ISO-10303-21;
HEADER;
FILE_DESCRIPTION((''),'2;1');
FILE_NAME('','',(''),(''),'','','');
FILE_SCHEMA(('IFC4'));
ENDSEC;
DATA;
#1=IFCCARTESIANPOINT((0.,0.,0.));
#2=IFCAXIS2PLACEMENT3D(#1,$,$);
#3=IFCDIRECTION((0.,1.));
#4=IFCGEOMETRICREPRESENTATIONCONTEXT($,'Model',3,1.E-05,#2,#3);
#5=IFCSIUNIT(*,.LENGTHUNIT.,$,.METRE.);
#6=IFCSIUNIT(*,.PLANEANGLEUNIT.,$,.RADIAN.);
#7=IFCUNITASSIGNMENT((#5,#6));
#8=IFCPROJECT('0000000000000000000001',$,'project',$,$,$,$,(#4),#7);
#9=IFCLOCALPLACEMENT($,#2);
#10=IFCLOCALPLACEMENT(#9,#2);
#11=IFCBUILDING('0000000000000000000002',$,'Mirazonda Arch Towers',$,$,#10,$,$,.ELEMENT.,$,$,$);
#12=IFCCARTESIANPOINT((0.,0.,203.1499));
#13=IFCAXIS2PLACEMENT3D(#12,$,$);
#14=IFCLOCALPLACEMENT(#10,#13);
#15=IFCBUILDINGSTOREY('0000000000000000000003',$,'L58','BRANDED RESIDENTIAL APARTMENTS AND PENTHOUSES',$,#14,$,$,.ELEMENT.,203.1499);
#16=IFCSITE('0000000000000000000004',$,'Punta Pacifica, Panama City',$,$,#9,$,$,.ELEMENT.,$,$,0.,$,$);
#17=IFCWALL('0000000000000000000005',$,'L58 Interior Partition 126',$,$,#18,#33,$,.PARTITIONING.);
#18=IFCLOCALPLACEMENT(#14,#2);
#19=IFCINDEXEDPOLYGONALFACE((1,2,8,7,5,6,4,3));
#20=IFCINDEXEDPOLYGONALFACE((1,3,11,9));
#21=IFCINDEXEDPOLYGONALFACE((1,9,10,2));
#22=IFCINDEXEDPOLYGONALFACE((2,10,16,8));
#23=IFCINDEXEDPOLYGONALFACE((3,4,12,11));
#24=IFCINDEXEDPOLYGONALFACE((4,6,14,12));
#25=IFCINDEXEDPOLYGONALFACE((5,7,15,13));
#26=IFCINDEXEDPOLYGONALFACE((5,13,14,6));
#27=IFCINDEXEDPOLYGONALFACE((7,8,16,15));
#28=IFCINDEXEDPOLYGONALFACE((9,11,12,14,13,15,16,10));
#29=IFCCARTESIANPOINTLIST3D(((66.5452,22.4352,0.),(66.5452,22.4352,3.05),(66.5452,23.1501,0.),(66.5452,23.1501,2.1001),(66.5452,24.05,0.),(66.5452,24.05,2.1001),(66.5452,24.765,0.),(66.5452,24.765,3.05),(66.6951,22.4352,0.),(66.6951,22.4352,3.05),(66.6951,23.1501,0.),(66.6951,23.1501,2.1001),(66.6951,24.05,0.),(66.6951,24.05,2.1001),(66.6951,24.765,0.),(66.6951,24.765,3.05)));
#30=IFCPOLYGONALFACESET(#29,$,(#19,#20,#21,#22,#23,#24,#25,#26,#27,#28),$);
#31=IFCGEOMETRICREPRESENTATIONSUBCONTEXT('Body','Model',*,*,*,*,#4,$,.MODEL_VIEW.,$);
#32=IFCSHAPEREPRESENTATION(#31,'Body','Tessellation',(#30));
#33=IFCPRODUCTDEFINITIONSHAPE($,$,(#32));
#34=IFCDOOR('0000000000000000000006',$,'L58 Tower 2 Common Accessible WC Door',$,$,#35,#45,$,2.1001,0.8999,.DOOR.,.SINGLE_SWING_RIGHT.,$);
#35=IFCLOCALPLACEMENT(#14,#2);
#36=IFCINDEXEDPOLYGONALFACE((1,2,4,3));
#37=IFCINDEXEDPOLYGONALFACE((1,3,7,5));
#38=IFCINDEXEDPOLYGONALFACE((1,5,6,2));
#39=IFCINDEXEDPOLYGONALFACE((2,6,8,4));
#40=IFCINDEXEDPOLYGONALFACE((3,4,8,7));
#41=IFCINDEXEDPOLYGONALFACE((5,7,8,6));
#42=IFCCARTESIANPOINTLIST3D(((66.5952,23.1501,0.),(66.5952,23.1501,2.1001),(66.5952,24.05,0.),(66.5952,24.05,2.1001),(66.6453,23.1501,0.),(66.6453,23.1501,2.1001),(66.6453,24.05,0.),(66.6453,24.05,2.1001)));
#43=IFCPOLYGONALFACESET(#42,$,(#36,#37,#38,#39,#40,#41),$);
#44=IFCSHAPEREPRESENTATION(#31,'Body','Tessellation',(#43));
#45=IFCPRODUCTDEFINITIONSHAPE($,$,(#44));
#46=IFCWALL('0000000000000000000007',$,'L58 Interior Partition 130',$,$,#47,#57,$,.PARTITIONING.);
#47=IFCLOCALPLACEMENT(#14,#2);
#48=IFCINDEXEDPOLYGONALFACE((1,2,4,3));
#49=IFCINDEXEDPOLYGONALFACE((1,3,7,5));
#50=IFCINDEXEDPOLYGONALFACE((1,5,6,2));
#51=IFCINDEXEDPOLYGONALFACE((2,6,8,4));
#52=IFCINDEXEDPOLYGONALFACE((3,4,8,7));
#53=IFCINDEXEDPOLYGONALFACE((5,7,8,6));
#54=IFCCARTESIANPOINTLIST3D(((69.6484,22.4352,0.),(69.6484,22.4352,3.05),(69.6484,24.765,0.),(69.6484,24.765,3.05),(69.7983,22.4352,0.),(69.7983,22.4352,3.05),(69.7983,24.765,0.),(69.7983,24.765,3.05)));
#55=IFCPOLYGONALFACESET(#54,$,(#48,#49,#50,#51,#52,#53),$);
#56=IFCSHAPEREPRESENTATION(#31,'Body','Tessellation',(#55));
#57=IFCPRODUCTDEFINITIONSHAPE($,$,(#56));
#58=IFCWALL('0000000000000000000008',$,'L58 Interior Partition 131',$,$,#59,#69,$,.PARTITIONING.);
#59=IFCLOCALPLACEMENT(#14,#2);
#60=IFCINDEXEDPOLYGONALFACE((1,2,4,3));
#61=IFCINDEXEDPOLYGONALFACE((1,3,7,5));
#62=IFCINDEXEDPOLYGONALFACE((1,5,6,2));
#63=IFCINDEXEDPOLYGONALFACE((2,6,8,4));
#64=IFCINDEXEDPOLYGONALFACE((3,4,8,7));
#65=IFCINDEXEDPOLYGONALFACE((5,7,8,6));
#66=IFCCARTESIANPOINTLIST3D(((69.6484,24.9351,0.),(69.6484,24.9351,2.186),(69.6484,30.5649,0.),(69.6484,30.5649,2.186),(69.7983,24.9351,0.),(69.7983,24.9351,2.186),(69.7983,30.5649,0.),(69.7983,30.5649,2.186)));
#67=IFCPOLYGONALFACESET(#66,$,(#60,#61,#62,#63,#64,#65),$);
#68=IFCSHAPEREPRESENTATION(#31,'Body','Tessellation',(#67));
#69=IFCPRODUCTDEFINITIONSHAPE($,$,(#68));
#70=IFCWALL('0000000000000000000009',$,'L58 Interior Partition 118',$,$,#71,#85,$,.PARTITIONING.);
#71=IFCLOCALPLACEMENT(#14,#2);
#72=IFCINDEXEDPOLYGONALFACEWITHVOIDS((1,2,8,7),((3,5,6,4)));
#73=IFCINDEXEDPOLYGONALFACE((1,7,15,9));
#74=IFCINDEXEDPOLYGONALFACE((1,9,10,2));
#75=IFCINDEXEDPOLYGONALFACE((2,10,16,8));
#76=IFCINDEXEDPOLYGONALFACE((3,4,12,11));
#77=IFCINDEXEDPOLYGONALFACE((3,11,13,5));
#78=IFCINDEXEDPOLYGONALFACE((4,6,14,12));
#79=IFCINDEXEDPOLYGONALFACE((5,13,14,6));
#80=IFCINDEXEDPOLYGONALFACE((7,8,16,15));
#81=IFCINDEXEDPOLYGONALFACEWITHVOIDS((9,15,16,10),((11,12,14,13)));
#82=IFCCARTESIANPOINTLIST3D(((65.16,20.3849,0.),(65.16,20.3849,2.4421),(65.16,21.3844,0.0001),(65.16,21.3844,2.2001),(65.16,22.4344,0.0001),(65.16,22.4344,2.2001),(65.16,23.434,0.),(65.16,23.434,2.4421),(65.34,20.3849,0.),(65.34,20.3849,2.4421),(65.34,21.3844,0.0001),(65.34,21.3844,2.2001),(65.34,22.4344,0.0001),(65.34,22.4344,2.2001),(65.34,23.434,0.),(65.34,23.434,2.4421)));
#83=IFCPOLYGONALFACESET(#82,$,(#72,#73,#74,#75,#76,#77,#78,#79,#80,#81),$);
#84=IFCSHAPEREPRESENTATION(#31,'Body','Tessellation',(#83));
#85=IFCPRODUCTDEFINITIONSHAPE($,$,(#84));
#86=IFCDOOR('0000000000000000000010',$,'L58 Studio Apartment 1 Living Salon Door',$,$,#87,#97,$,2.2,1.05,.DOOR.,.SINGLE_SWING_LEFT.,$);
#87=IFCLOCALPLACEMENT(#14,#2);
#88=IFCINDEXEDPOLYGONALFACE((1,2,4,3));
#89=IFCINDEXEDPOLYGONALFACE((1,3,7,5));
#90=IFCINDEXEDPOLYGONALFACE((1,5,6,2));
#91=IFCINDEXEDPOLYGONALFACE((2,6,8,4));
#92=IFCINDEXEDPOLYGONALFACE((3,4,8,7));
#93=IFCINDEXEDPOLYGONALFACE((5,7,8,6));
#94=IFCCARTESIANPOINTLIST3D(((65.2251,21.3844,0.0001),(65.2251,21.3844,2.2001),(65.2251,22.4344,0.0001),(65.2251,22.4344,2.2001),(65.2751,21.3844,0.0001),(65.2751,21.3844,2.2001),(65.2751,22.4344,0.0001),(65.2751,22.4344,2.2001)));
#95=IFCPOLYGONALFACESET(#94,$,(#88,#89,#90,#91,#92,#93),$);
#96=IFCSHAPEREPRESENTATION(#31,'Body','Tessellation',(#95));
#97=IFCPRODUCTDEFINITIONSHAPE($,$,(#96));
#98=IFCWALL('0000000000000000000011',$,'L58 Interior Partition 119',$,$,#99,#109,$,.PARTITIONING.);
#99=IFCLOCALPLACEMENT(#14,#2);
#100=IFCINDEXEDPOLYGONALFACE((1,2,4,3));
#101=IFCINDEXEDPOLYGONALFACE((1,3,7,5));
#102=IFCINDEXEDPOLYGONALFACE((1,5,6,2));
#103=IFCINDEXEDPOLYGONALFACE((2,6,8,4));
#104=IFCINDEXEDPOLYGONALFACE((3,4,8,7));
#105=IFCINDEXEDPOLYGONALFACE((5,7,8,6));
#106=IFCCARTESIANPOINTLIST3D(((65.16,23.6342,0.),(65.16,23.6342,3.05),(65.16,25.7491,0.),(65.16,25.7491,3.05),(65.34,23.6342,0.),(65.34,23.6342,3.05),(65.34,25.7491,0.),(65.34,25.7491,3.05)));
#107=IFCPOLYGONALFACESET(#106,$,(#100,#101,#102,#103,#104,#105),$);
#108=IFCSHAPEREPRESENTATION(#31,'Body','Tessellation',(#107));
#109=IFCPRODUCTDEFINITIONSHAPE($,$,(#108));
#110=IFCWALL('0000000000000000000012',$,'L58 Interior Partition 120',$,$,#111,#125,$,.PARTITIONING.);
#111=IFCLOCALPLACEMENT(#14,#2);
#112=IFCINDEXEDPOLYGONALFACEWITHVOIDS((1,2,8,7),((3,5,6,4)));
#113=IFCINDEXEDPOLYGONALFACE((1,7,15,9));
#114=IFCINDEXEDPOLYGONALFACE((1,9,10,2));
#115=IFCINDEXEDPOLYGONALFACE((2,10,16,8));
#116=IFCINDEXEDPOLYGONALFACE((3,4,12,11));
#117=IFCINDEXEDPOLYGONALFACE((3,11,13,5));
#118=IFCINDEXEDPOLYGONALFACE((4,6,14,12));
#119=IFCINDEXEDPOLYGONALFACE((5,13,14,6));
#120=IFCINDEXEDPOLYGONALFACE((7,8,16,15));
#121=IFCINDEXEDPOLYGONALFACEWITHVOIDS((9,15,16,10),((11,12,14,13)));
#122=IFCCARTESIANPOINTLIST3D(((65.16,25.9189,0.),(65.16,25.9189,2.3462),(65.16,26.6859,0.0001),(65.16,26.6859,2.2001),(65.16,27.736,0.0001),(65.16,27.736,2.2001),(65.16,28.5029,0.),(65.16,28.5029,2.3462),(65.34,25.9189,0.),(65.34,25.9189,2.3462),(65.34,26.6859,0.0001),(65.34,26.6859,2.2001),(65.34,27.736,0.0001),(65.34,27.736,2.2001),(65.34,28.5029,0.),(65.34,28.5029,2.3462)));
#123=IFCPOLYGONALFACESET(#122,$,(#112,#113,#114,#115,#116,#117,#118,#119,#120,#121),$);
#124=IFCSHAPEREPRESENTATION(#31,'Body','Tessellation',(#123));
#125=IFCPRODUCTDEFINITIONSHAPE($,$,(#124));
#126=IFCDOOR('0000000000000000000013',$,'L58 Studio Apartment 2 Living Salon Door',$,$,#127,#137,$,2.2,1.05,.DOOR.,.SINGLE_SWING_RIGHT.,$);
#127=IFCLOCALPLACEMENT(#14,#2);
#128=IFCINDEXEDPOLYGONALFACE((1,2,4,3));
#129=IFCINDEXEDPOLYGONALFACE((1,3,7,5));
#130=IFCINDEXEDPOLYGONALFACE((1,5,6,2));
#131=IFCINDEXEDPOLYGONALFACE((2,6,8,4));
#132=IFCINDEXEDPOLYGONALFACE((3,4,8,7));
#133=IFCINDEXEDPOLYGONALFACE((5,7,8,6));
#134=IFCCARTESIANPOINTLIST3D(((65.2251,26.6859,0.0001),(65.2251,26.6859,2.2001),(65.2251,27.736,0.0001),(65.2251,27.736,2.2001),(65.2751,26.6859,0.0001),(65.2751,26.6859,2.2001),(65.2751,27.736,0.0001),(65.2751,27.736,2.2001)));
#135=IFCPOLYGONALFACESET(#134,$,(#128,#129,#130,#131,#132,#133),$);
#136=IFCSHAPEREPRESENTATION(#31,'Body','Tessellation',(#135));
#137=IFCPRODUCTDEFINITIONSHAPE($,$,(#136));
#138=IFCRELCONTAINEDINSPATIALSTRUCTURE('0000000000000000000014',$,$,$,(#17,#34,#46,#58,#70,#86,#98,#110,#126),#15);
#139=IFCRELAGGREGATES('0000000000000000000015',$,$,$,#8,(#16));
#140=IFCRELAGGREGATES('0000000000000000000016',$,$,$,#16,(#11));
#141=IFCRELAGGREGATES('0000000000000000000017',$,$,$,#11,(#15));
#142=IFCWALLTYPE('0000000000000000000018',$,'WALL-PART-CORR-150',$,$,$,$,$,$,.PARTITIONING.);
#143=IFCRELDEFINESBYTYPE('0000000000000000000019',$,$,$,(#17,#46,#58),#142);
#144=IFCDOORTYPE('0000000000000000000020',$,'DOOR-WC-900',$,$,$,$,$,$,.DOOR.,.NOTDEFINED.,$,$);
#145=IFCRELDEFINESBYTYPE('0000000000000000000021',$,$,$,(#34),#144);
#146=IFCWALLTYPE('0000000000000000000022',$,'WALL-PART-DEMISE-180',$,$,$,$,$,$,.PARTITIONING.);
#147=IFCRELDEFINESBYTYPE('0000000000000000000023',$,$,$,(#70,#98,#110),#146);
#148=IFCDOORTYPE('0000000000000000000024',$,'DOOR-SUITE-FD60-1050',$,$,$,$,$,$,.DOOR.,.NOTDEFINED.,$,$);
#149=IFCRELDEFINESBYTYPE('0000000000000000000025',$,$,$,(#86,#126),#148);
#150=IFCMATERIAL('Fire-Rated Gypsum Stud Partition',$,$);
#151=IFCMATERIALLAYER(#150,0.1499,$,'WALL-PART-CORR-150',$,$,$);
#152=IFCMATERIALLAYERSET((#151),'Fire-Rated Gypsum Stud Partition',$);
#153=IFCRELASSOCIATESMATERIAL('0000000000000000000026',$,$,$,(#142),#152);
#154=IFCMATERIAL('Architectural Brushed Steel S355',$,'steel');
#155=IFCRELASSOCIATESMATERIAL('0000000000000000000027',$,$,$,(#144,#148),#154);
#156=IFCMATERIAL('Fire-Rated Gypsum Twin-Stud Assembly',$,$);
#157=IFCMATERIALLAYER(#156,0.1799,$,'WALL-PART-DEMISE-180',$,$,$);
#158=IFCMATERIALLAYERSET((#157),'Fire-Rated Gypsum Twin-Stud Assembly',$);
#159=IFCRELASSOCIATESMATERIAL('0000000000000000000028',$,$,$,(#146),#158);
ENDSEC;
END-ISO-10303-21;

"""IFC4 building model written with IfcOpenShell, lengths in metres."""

from ifc_helpers import new_model, si_unit, direction, frame, frame_2d, origin, place, context, subcontext, project, spatial, rectangle, extrude, material, layer, layer_set, type_object, element, fill, save


model = new_model("IFC4")

# Units and contexts
model_context = context("Model", 3, precision=1e-05, world=origin(), true_north=direction((0.0, 1.0)))
body_context = subcontext(model_context, "Body", "Model", "MODEL_VIEW")
ifc_project = project(units=[si_unit("LENGTHUNIT", "METRE"), si_unit("PLANEANGLEUNIT", "RADIAN")], contexts=[model_context])

# Site, building, storey
site_placement = place(None, origin())
site = spatial("IfcSite", under=ifc_project, at=site_placement, Name="Punta Pacifica, Panama City", CompositionType="ELEMENT", RefElevation=0.0)
building_placement = place(site_placement, origin())
building = spatial("IfcBuilding", under=site, at=building_placement, Name="Mirazonda Arch Towers", CompositionType="ELEMENT")
storey_placement = place(building_placement, frame((0.0, 0.0, 203.1499)))
storey = spatial("IfcBuildingStorey", under=building, at=storey_placement, Name="L58", Description="BRANDED RESIDENTIAL APARTMENTS AND PENTHOUSES", CompositionType="ELEMENT", Elevation=203.1499)

# Shared definitions
ifc_material_1 = material(Name="Architectural Brushed Steel S355", Category="steel")

# Shared definitions
ifc_material_2 = material(Name="Fire-Rated Gypsum Stud Partition")
ifc_layer_1 = layer(ifc_material_2, 0.1499, Name="WALL-PART-CORR-150")
ifc_layer_set_1 = layer_set([ifc_layer_1], Name="Fire-Rated Gypsum Stud Partition")
wall_type_1 = type_object("IfcWallType", Name="WALL-PART-CORR-150", PredefinedType="PARTITIONING", material=ifc_layer_set_1)

# Wall, opening, door
wall_1_placement = place(storey_placement, frame((66.6201, 22.4351, 0.0), z_axis=(0.0, 0.0, 1.0), x_axis=(0.0, 1.0, 0.0)))
wall_1 = element("IfcWall", 1, at=wall_1_placement, inside=storey, type_object=wall_type_1, Name="L58 Interior Partition 126", PredefinedType="PARTITIONING", context=body_context, shape_type="SweptSolid", body=[
    extrude(rectangle(XDim=2.3298, YDim=0.1499, at=frame_2d((1.165, 0.0))), origin(), (0.0, 0.0, 1.0), 3.05),
])
opening_1_placement = place(wall_1_placement, frame((0.7151, 0.0, 0.0)))
opening_1 = element("IfcOpeningElement", 2, at=opening_1_placement, cuts=wall_1, PredefinedType="OPENING", context=body_context, shape_type="SweptSolid", body=[
    extrude(rectangle(XDim=0.8999, YDim=2.1001, at=frame_2d((0.45, 1.05))), frame((0.0, 0.085, 0.0), z_axis=(0.0, -1.0, 0.0), x_axis=(1.0, 0.0, 0.0)), (0.0, 0.0, 1.0), 0.1699),
])
door_type_1 = type_object("IfcDoorType", Name="DOOR-WC-900", OperationType="NOTDEFINED", PredefinedType="DOOR", material=ifc_material_1)
door_1_placement = place(opening_1_placement, origin())
door_1 = element("IfcDoor", 3, at=door_1_placement, inside=storey, type_object=door_type_1, Name="L58 Tower 2 Common Accessible WC Door", OperationType="SINGLE_SWING_RIGHT", OverallHeight=2.1001, OverallWidth=0.8999, PredefinedType="DOOR", context=body_context, shape_type="SweptSolid", body=[
    extrude(rectangle(XDim=0.8999, YDim=2.1001, at=frame_2d((0.45, 1.05))), frame((0.0, 0.0249, 0.0), z_axis=(0.0, -1.0, 0.0), x_axis=(1.0, 0.0, 0.0)), (0.0, 0.0, 1.0), 0.05),
])
fill(opening_1, door_1)

# Walls
wall_2_placement = place(storey_placement, frame((69.7234, 22.4351, 0.0), z_axis=(0.0, 0.0, 1.0), x_axis=(0.0, 1.0, 0.0)))
element("IfcWall", 4, at=wall_2_placement, inside=storey, type_object=wall_type_1, Name="L58 Interior Partition 130", PredefinedType="PARTITIONING", context=body_context, shape_type="SweptSolid", body=[
    extrude(rectangle(XDim=2.3298, YDim=0.1499, at=frame_2d((1.165, 0.0))), origin(), (0.0, 0.0, 1.0), 3.05),
])
wall_3_placement = place(storey_placement, frame((69.7234, 24.9351, 0.0), z_axis=(0.0, 0.0, 1.0), x_axis=(0.0, 1.0, 0.0)))
element("IfcWall", 5, at=wall_3_placement, inside=storey, type_object=wall_type_1, Name="L58 Interior Partition 131", PredefinedType="PARTITIONING", context=body_context, shape_type="SweptSolid", body=[
    extrude(rectangle(XDim=5.6299, YDim=0.1499, at=frame_2d((2.8149, 0.0))), origin(), (0.0, 0.0, 1.0), 2.186),
])

# Wall, opening, door
ifc_material_3 = material(Name="Fire-Rated Gypsum Twin-Stud Assembly")
ifc_layer_2 = layer(ifc_material_3, 0.1799, Name="WALL-PART-DEMISE-180")
ifc_layer_set_2 = layer_set([ifc_layer_2], Name="Fire-Rated Gypsum Twin-Stud Assembly")
wall_type_2 = type_object("IfcWallType", Name="WALL-PART-DEMISE-180", PredefinedType="PARTITIONING", material=ifc_layer_set_2)
wall_4_placement = place(storey_placement, frame((65.25, 20.385, 0.0), z_axis=(0.0, 0.0, 1.0), x_axis=(0.0, 1.0, 0.0)))
wall_4 = element("IfcWall", 6, at=wall_4_placement, inside=storey, type_object=wall_type_2, Name="L58 Interior Partition 118", PredefinedType="PARTITIONING", context=body_context, shape_type="SweptSolid", body=[
    extrude(rectangle(XDim=3.0491, YDim=0.1799, at=frame_2d((1.5244, 0.0))), origin(), (0.0, 0.0, 1.0), 2.4421),
])
opening_2_placement = place(wall_4_placement, frame((0.9995, 0.0, 0.0)))
opening_2 = element("IfcOpeningElement", 7, at=opening_2_placement, cuts=wall_4, PredefinedType="OPENING", context=body_context, shape_type="SweptSolid", body=[
    extrude(rectangle(XDim=1.05, YDim=2.2, at=frame_2d((0.5249, 1.1001))), frame((0.0, 0.0999, 0.0), z_axis=(0.0, -1.0, 0.0), x_axis=(1.0, 0.0, 0.0)), (0.0, 0.0, 1.0), 0.2),
])
door_type_2 = type_object("IfcDoorType", Name="DOOR-SUITE-FD60-1050", OperationType="NOTDEFINED", PredefinedType="DOOR", material=ifc_material_1)
door_2_placement = place(opening_2_placement, origin())
door_2 = element("IfcDoor", 8, at=door_2_placement, inside=storey, type_object=door_type_2, Name="L58 Studio Apartment 1 Living Salon Door", OperationType="SINGLE_SWING_LEFT", OverallHeight=2.2, OverallWidth=1.05, PredefinedType="DOOR", context=body_context, shape_type="SweptSolid", body=[
    extrude(rectangle(XDim=1.05, YDim=2.2, at=frame_2d((0.5249, 1.1001))), frame((0.0, 0.0249, 0.0), z_axis=(0.0, -1.0, 0.0), x_axis=(1.0, 0.0, 0.0)), (0.0, 0.0, 1.0), 0.05),
])
fill(opening_2, door_2)

# Wall
wall_5_placement = place(storey_placement, frame((65.25, 23.634, 0.0), z_axis=(0.0, 0.0, 1.0), x_axis=(0.0, 1.0, 0.0)))
element("IfcWall", 9, at=wall_5_placement, inside=storey, type_object=wall_type_2, Name="L58 Interior Partition 119", PredefinedType="PARTITIONING", context=body_context, shape_type="SweptSolid", body=[
    extrude(rectangle(XDim=2.115, YDim=0.1799, at=frame_2d((1.0576, 0.0))), origin(), (0.0, 0.0, 1.0), 3.05),
])

# Wall, opening, door
wall_6_placement = place(storey_placement, frame((65.25, 25.9189, 0.0), z_axis=(0.0, 0.0, 1.0), x_axis=(0.0, 1.0, 0.0)))
wall_6 = element("IfcWall", 10, at=wall_6_placement, inside=storey, type_object=wall_type_2, Name="L58 Interior Partition 120", PredefinedType="PARTITIONING", context=body_context, shape_type="SweptSolid", body=[
    extrude(rectangle(XDim=2.584, YDim=0.1799, at=frame_2d((1.292, 0.0))), origin(), (0.0, 0.0, 1.0), 2.3462),
])
opening_3_placement = place(wall_6_placement, frame((0.7671, 0.0, 0.0)))
opening_3 = element("IfcOpeningElement", 11, at=opening_3_placement, cuts=wall_6, PredefinedType="OPENING", context=body_context, shape_type="SweptSolid", body=[
    extrude(rectangle(XDim=1.05, YDim=2.2, at=frame_2d((0.5249, 1.1001))), frame((0.0, 0.0999, 0.0), z_axis=(0.0, -1.0, 0.0), x_axis=(1.0, 0.0, 0.0)), (0.0, 0.0, 1.0), 0.2),
])
door_3_placement = place(opening_3_placement, origin())
door_3 = element("IfcDoor", 12, at=door_3_placement, inside=storey, type_object=door_type_2, Name="L58 Studio Apartment 2 Living Salon Door", OperationType="SINGLE_SWING_RIGHT", OverallHeight=2.2, OverallWidth=1.05, PredefinedType="DOOR", context=body_context, shape_type="SweptSolid", body=[
    extrude(rectangle(XDim=1.05, YDim=2.2, at=frame_2d((0.5249, 1.1001))), frame((0.0, 0.0249, 0.0), z_axis=(0.0, -1.0, 0.0), x_axis=(1.0, 0.0, 0.0)), (0.0, 0.0, 1.0), 0.05),
])
fill(opening_3, door_3)

save(model, "model.ifc")
